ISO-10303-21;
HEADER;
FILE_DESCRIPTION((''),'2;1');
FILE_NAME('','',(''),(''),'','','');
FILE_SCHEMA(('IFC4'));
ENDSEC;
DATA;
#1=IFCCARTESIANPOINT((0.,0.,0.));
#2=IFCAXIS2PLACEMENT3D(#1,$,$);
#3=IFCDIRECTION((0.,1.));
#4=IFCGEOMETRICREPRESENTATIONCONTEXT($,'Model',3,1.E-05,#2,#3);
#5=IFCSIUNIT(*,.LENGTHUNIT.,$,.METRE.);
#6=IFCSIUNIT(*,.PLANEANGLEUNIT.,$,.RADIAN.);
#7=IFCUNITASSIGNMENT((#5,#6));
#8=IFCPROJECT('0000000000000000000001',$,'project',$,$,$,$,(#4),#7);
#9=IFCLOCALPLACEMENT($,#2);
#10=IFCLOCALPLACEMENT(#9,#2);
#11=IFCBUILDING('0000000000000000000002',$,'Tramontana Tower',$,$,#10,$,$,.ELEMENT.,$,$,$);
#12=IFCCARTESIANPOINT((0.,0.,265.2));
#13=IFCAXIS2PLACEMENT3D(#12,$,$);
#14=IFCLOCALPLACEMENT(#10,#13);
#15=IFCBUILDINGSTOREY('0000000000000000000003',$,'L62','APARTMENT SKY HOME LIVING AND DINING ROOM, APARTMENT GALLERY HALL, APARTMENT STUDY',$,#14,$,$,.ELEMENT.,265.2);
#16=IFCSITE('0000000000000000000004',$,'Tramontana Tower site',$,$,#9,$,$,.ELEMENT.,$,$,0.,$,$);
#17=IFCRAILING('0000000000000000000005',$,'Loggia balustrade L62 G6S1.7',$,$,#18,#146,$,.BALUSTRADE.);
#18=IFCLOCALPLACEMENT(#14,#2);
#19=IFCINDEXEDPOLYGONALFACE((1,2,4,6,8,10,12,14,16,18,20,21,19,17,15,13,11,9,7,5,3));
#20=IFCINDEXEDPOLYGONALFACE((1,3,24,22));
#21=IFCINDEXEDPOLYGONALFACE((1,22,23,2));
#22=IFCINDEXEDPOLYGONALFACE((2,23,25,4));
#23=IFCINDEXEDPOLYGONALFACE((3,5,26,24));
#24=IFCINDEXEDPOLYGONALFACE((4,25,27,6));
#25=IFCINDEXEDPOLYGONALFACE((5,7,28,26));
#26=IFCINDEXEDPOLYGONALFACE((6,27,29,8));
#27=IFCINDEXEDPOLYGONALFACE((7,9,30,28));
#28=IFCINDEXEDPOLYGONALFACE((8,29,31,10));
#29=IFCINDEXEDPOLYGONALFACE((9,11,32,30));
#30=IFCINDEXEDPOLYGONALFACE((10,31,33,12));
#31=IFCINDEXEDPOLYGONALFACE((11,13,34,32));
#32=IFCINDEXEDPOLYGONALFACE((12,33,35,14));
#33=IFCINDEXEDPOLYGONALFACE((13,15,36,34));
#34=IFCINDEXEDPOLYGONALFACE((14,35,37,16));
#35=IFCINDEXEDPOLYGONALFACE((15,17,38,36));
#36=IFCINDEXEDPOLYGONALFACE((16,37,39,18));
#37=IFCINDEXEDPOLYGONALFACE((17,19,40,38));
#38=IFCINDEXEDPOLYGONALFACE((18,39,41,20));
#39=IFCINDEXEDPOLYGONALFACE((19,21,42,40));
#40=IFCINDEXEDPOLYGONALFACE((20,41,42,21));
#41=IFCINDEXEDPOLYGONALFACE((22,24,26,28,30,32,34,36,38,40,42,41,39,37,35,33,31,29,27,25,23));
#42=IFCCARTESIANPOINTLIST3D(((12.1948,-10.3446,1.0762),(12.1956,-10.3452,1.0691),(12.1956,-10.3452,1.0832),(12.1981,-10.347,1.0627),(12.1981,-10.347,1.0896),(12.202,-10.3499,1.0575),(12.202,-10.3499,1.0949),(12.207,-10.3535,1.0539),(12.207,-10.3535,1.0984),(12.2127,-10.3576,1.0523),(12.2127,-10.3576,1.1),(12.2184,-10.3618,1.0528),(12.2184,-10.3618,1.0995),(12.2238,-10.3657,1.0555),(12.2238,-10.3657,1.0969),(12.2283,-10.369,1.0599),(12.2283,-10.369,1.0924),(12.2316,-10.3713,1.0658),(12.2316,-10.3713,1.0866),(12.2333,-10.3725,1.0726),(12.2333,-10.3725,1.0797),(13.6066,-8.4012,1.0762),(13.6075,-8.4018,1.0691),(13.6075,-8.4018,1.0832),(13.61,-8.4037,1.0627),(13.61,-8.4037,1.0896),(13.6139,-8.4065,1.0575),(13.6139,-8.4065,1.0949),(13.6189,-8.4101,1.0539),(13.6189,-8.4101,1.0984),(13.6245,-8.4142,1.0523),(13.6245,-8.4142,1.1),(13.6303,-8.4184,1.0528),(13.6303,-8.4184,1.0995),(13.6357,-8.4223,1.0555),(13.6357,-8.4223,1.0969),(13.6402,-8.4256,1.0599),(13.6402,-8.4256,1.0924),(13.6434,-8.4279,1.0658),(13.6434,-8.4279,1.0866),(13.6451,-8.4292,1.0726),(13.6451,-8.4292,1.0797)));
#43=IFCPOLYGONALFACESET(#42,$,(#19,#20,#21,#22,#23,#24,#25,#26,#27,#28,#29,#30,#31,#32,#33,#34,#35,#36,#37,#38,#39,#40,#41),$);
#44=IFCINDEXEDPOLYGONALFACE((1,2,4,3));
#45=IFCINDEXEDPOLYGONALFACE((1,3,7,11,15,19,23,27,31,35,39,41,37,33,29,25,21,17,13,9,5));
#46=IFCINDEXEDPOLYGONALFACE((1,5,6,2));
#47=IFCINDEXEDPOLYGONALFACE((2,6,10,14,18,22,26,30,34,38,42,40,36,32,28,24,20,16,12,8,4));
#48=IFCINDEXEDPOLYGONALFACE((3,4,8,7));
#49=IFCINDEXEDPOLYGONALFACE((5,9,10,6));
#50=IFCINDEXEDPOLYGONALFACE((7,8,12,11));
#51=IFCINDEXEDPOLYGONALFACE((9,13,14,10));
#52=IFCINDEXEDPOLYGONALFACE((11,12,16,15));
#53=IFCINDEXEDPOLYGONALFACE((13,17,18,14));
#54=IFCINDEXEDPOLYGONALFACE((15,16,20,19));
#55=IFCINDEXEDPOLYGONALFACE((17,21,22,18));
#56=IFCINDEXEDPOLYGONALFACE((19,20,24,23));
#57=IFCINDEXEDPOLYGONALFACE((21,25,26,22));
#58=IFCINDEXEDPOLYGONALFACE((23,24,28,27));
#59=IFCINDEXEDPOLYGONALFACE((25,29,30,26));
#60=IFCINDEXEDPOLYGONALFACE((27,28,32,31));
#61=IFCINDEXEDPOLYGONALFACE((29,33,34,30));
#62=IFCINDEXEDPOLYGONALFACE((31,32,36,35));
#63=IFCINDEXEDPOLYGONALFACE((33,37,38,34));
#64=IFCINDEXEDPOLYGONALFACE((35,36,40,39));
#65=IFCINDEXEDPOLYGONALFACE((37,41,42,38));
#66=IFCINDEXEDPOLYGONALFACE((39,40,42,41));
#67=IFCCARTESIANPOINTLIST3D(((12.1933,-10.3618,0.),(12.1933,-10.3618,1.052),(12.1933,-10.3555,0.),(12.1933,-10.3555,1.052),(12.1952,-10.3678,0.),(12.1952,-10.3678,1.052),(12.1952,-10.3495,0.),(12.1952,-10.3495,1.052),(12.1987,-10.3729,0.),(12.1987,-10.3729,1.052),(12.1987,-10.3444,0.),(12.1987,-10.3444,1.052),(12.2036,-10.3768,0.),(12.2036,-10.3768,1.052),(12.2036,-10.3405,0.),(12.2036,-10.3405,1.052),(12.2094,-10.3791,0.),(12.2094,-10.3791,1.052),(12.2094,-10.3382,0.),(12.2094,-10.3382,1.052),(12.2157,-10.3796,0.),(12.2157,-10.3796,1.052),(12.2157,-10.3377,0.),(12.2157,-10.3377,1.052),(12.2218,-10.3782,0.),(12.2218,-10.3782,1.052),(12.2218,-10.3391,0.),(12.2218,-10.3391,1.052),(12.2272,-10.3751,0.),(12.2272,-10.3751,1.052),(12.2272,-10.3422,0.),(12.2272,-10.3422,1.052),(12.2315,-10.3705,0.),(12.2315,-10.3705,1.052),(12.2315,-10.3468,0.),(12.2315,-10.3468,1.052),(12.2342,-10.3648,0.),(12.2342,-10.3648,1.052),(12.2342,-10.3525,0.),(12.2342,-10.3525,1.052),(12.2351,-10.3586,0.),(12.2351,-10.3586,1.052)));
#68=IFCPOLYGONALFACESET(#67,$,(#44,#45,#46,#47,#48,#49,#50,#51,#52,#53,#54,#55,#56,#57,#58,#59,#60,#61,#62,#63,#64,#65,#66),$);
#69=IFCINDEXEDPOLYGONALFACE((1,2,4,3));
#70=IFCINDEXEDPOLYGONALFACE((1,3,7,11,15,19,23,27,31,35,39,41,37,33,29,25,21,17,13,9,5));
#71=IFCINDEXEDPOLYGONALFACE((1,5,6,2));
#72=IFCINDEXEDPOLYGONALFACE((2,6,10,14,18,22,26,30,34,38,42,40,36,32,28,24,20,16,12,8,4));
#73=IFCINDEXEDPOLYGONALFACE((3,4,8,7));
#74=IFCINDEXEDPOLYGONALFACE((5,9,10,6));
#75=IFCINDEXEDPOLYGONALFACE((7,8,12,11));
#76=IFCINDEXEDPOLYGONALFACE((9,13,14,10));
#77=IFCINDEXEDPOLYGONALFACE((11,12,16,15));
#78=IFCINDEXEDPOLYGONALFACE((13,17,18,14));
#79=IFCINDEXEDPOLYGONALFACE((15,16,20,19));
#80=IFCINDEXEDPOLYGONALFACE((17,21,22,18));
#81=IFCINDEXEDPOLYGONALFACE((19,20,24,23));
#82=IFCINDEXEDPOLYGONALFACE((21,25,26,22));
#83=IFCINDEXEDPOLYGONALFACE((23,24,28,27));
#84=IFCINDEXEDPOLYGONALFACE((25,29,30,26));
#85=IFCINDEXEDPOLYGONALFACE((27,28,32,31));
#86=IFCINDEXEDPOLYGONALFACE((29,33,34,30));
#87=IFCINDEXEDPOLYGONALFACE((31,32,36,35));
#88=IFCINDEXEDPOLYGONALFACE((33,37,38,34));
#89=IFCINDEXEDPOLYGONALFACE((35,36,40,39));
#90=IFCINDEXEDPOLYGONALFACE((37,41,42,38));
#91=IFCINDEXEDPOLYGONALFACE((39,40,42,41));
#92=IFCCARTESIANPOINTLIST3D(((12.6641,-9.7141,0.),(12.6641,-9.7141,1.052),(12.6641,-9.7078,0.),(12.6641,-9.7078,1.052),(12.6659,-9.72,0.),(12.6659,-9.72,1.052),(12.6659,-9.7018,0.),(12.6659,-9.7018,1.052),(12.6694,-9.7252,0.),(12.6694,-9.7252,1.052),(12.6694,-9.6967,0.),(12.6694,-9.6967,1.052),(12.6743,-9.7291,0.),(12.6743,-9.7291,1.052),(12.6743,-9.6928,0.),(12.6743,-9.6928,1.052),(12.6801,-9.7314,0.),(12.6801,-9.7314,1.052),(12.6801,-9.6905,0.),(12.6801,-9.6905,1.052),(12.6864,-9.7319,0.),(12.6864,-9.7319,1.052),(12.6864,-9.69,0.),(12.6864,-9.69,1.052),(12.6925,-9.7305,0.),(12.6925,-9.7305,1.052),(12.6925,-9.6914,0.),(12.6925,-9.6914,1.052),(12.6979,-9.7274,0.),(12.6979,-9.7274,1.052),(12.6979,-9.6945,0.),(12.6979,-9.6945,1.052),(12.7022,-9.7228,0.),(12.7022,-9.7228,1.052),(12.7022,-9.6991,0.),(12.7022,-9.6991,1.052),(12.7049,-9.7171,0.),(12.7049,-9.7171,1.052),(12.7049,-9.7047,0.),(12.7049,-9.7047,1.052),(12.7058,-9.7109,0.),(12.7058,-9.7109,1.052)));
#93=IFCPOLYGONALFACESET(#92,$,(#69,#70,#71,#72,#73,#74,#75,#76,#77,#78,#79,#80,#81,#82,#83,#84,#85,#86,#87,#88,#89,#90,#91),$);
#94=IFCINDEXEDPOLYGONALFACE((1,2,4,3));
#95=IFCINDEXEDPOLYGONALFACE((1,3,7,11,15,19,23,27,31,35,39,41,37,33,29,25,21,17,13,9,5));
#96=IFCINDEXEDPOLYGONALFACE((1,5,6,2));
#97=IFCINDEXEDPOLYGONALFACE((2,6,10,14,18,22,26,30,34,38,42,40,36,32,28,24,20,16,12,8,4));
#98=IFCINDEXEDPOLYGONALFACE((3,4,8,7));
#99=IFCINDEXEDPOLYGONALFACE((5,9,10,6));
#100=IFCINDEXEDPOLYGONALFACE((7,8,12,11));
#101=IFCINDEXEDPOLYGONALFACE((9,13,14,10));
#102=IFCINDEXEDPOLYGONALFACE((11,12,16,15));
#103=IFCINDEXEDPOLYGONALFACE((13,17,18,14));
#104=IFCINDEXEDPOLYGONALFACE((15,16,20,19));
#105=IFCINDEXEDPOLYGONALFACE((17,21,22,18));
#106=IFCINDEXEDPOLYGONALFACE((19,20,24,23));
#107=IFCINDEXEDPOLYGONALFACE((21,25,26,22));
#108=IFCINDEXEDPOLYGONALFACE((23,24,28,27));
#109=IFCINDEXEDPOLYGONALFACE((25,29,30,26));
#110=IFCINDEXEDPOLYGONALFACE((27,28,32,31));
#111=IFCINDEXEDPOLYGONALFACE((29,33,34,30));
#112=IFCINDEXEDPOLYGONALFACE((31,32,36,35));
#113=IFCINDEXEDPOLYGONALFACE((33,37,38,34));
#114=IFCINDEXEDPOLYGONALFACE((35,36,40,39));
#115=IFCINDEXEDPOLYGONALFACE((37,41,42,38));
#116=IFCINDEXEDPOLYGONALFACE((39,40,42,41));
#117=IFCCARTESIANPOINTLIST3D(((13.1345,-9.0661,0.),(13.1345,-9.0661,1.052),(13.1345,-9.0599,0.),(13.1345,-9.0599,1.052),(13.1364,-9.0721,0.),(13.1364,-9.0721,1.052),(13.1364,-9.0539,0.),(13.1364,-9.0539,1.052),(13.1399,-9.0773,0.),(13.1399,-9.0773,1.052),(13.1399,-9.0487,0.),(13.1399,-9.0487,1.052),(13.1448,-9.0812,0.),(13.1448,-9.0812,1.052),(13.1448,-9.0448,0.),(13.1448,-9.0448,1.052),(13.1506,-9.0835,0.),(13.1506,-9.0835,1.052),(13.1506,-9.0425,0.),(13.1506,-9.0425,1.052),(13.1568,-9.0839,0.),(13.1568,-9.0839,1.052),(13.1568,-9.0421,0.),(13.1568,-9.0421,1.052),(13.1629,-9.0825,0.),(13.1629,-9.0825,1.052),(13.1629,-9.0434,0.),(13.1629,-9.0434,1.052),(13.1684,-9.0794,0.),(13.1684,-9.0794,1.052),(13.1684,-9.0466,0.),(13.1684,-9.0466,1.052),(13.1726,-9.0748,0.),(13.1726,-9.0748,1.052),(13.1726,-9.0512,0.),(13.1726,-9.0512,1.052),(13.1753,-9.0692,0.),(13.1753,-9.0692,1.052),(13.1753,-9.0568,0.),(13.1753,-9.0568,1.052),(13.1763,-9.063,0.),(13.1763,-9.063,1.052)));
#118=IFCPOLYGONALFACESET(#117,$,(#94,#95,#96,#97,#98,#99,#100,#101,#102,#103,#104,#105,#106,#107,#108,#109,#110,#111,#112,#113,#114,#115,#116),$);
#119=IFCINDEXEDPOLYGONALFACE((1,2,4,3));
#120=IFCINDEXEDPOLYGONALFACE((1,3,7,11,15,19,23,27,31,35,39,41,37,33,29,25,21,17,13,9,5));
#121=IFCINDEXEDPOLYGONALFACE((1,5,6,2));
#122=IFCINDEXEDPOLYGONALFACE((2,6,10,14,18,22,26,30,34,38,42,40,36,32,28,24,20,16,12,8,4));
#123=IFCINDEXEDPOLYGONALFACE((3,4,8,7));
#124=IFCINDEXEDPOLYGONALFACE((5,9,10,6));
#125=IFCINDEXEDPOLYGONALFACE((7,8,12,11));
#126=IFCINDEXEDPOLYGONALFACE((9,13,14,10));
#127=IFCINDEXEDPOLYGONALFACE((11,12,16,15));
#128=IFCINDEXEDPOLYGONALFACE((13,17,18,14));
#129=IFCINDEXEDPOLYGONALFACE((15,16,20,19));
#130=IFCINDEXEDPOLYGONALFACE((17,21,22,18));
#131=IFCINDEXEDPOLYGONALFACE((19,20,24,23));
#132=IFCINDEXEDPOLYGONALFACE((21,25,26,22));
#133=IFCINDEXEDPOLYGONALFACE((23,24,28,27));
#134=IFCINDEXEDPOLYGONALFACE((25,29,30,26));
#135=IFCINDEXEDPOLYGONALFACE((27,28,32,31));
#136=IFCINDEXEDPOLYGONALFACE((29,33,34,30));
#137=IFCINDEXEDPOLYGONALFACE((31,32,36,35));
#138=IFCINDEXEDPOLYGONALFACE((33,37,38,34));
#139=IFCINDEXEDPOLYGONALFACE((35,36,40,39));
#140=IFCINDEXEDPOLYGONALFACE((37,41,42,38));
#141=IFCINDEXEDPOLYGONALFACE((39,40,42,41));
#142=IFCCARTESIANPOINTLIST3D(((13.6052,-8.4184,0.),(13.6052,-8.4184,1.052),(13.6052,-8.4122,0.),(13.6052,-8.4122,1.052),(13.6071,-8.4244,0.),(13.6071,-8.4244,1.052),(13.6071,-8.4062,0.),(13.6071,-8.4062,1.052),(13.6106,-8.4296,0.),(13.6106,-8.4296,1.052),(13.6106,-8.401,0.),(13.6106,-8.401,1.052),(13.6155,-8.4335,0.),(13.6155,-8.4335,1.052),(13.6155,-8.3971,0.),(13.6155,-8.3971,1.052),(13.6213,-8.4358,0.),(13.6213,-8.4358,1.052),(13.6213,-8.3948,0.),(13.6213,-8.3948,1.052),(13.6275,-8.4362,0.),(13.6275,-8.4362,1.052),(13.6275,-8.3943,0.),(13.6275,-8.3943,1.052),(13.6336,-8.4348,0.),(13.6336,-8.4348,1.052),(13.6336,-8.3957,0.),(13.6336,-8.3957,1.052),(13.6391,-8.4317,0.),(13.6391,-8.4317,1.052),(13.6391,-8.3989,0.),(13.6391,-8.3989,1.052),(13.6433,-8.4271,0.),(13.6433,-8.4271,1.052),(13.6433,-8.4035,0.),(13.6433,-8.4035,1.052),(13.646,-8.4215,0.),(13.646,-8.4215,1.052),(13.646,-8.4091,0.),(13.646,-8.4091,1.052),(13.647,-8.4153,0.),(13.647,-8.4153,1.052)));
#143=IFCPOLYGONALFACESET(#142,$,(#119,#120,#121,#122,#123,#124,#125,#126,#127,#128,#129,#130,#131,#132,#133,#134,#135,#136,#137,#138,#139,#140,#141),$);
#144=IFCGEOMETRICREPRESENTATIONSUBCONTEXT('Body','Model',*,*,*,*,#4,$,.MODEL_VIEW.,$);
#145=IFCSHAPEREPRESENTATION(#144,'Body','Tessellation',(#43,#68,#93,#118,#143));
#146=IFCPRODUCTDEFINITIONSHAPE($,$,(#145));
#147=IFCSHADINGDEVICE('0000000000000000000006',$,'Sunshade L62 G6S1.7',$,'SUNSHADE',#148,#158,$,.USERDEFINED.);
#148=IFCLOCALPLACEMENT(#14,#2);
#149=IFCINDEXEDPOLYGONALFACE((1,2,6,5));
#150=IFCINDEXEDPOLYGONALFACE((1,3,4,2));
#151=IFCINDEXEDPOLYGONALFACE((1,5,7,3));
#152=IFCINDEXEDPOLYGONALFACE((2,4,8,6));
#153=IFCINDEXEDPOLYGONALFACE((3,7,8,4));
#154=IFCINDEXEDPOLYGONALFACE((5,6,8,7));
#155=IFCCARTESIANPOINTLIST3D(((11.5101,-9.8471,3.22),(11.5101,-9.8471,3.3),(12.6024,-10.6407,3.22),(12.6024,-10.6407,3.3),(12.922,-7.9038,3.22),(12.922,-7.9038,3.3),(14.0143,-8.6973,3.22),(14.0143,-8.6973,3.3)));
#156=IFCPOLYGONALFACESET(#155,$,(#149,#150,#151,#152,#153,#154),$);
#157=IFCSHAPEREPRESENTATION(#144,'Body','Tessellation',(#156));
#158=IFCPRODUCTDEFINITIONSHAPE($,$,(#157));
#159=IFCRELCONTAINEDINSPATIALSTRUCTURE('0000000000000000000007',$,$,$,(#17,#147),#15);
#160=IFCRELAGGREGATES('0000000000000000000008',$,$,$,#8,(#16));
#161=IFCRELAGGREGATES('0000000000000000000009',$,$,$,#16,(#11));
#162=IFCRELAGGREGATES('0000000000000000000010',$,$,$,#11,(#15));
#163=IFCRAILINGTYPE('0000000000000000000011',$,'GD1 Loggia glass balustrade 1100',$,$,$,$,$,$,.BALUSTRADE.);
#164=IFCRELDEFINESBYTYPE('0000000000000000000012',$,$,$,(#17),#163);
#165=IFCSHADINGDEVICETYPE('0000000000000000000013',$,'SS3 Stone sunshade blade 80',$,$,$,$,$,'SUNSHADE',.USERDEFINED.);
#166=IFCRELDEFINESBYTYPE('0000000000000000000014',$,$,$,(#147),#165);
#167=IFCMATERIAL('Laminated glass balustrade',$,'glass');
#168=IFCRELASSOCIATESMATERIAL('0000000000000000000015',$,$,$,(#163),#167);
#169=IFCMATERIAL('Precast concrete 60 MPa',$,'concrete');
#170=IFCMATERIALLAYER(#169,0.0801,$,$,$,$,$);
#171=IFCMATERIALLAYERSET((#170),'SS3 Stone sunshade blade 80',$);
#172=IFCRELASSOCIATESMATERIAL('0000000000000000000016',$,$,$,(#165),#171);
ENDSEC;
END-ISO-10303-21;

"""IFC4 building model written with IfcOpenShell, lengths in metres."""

from ifc_helpers import new_model, si_unit, direction, frame, origin, origin_2d, place, context, subcontext, project, spatial, rectangle, circle, extrude, material, layer, layer_set, type_object, element, save


model = new_model("IFC4")

# Units and contexts
model_context = context("Model", 3, precision=1e-05, world=origin(), true_north=direction((0.0, 1.0)))
body_context = subcontext(model_context, "Body", "Model", "MODEL_VIEW")
ifc_project = project(units=[si_unit("LENGTHUNIT", "METRE"), si_unit("PLANEANGLEUNIT", "RADIAN")], contexts=[model_context])

# Site, building, storey
site_placement = place(None, origin())
site = spatial("IfcSite", under=ifc_project, at=site_placement, Name="Tramontana Tower site", CompositionType="ELEMENT", RefElevation=0.0)
building_placement = place(site_placement, origin())
building = spatial("IfcBuilding", under=site, at=building_placement, Name="Tramontana Tower", CompositionType="ELEMENT")
storey_placement = place(building_placement, frame((0.0, 0.0, 265.2)))
storey = spatial("IfcBuildingStorey", under=building, at=storey_placement, Name="L62", Description="APARTMENT SKY HOME LIVING AND DINING ROOM, APARTMENT GALLERY HALL, APARTMENT STUDY", CompositionType="ELEMENT", Elevation=265.2)

# Railing
ifc_material_1 = material(Name="Laminated glass balustrade", Category="glass")
railing_type = type_object("IfcRailingType", Name="GD1 Loggia glass balustrade 1100", PredefinedType="BALUSTRADE", material=ifc_material_1)
railing_placement = place(storey_placement, frame((12.2141, -10.3586, 0.0)))
element("IfcRailing", 1, at=railing_placement, inside=storey, type_object=railing_type, Name="Loggia balustrade L62 G6S1.7", PredefinedType="BALUSTRADE", context=body_context, shape_type="SweptSolid", body=[
    extrude(circle(Radius=0.0239, at=origin_2d()), frame((0.0, 0.0, 1.0762), z_axis=(0.587767, 0.80903, 0.0), x_axis=(-0.80903, 0.587767, 0.0)), (0.0, 0.0, 1.0), 2.4021),
    extrude(circle(Radius=0.021, at=origin_2d()), origin(), (0.0, 0.0, 1.0), 1.052),
    extrude(circle(Radius=0.021, at=origin_2d()), frame((0.4707, 0.6477, 0.0)), (0.0, 0.0, 1.0), 1.052),
    extrude(circle(Radius=0.021, at=origin_2d()), frame((0.9412, 1.2957, 0.0)), (0.0, 0.0, 1.0), 1.052),
    extrude(circle(Radius=0.021, at=origin_2d()), frame((1.4119, 1.9434, 0.0)), (0.0, 0.0, 1.0), 1.052),
])

# Shading device
ifc_material_2 = material(Name="Precast concrete 60 MPa", Category="concrete")
ifc_layer_1 = layer(ifc_material_2, 0.0801)
ifc_layer_set_1 = layer_set([ifc_layer_1], Name="SS3 Stone sunshade blade 80")
shading_device_type = type_object("IfcShadingDeviceType", Name="SS3 Stone sunshade blade 80", ElementType="SUNSHADE", PredefinedType="USERDEFINED", material=ifc_layer_set_1)
shading_device_placement = place(storey_placement, frame((12.7622, -9.2722, 3.22), z_axis=(0.0, 0.0, 1.0), x_axis=(0.587785, 0.809017, 0.0)))
element("IfcShadingDevice", 2, at=shading_device_placement, inside=storey, type_object=shading_device_type, Name="Sunshade L62 G6S1.7", ObjectType="SUNSHADE", PredefinedType="USERDEFINED", context=body_context, shape_type="SweptSolid", body=[
    extrude(rectangle(XDim=2.4021, YDim=1.3501, at=origin_2d()), origin(), (0.0, 0.0, 1.0), 0.0801),
])

save(model, "model.ifc")
